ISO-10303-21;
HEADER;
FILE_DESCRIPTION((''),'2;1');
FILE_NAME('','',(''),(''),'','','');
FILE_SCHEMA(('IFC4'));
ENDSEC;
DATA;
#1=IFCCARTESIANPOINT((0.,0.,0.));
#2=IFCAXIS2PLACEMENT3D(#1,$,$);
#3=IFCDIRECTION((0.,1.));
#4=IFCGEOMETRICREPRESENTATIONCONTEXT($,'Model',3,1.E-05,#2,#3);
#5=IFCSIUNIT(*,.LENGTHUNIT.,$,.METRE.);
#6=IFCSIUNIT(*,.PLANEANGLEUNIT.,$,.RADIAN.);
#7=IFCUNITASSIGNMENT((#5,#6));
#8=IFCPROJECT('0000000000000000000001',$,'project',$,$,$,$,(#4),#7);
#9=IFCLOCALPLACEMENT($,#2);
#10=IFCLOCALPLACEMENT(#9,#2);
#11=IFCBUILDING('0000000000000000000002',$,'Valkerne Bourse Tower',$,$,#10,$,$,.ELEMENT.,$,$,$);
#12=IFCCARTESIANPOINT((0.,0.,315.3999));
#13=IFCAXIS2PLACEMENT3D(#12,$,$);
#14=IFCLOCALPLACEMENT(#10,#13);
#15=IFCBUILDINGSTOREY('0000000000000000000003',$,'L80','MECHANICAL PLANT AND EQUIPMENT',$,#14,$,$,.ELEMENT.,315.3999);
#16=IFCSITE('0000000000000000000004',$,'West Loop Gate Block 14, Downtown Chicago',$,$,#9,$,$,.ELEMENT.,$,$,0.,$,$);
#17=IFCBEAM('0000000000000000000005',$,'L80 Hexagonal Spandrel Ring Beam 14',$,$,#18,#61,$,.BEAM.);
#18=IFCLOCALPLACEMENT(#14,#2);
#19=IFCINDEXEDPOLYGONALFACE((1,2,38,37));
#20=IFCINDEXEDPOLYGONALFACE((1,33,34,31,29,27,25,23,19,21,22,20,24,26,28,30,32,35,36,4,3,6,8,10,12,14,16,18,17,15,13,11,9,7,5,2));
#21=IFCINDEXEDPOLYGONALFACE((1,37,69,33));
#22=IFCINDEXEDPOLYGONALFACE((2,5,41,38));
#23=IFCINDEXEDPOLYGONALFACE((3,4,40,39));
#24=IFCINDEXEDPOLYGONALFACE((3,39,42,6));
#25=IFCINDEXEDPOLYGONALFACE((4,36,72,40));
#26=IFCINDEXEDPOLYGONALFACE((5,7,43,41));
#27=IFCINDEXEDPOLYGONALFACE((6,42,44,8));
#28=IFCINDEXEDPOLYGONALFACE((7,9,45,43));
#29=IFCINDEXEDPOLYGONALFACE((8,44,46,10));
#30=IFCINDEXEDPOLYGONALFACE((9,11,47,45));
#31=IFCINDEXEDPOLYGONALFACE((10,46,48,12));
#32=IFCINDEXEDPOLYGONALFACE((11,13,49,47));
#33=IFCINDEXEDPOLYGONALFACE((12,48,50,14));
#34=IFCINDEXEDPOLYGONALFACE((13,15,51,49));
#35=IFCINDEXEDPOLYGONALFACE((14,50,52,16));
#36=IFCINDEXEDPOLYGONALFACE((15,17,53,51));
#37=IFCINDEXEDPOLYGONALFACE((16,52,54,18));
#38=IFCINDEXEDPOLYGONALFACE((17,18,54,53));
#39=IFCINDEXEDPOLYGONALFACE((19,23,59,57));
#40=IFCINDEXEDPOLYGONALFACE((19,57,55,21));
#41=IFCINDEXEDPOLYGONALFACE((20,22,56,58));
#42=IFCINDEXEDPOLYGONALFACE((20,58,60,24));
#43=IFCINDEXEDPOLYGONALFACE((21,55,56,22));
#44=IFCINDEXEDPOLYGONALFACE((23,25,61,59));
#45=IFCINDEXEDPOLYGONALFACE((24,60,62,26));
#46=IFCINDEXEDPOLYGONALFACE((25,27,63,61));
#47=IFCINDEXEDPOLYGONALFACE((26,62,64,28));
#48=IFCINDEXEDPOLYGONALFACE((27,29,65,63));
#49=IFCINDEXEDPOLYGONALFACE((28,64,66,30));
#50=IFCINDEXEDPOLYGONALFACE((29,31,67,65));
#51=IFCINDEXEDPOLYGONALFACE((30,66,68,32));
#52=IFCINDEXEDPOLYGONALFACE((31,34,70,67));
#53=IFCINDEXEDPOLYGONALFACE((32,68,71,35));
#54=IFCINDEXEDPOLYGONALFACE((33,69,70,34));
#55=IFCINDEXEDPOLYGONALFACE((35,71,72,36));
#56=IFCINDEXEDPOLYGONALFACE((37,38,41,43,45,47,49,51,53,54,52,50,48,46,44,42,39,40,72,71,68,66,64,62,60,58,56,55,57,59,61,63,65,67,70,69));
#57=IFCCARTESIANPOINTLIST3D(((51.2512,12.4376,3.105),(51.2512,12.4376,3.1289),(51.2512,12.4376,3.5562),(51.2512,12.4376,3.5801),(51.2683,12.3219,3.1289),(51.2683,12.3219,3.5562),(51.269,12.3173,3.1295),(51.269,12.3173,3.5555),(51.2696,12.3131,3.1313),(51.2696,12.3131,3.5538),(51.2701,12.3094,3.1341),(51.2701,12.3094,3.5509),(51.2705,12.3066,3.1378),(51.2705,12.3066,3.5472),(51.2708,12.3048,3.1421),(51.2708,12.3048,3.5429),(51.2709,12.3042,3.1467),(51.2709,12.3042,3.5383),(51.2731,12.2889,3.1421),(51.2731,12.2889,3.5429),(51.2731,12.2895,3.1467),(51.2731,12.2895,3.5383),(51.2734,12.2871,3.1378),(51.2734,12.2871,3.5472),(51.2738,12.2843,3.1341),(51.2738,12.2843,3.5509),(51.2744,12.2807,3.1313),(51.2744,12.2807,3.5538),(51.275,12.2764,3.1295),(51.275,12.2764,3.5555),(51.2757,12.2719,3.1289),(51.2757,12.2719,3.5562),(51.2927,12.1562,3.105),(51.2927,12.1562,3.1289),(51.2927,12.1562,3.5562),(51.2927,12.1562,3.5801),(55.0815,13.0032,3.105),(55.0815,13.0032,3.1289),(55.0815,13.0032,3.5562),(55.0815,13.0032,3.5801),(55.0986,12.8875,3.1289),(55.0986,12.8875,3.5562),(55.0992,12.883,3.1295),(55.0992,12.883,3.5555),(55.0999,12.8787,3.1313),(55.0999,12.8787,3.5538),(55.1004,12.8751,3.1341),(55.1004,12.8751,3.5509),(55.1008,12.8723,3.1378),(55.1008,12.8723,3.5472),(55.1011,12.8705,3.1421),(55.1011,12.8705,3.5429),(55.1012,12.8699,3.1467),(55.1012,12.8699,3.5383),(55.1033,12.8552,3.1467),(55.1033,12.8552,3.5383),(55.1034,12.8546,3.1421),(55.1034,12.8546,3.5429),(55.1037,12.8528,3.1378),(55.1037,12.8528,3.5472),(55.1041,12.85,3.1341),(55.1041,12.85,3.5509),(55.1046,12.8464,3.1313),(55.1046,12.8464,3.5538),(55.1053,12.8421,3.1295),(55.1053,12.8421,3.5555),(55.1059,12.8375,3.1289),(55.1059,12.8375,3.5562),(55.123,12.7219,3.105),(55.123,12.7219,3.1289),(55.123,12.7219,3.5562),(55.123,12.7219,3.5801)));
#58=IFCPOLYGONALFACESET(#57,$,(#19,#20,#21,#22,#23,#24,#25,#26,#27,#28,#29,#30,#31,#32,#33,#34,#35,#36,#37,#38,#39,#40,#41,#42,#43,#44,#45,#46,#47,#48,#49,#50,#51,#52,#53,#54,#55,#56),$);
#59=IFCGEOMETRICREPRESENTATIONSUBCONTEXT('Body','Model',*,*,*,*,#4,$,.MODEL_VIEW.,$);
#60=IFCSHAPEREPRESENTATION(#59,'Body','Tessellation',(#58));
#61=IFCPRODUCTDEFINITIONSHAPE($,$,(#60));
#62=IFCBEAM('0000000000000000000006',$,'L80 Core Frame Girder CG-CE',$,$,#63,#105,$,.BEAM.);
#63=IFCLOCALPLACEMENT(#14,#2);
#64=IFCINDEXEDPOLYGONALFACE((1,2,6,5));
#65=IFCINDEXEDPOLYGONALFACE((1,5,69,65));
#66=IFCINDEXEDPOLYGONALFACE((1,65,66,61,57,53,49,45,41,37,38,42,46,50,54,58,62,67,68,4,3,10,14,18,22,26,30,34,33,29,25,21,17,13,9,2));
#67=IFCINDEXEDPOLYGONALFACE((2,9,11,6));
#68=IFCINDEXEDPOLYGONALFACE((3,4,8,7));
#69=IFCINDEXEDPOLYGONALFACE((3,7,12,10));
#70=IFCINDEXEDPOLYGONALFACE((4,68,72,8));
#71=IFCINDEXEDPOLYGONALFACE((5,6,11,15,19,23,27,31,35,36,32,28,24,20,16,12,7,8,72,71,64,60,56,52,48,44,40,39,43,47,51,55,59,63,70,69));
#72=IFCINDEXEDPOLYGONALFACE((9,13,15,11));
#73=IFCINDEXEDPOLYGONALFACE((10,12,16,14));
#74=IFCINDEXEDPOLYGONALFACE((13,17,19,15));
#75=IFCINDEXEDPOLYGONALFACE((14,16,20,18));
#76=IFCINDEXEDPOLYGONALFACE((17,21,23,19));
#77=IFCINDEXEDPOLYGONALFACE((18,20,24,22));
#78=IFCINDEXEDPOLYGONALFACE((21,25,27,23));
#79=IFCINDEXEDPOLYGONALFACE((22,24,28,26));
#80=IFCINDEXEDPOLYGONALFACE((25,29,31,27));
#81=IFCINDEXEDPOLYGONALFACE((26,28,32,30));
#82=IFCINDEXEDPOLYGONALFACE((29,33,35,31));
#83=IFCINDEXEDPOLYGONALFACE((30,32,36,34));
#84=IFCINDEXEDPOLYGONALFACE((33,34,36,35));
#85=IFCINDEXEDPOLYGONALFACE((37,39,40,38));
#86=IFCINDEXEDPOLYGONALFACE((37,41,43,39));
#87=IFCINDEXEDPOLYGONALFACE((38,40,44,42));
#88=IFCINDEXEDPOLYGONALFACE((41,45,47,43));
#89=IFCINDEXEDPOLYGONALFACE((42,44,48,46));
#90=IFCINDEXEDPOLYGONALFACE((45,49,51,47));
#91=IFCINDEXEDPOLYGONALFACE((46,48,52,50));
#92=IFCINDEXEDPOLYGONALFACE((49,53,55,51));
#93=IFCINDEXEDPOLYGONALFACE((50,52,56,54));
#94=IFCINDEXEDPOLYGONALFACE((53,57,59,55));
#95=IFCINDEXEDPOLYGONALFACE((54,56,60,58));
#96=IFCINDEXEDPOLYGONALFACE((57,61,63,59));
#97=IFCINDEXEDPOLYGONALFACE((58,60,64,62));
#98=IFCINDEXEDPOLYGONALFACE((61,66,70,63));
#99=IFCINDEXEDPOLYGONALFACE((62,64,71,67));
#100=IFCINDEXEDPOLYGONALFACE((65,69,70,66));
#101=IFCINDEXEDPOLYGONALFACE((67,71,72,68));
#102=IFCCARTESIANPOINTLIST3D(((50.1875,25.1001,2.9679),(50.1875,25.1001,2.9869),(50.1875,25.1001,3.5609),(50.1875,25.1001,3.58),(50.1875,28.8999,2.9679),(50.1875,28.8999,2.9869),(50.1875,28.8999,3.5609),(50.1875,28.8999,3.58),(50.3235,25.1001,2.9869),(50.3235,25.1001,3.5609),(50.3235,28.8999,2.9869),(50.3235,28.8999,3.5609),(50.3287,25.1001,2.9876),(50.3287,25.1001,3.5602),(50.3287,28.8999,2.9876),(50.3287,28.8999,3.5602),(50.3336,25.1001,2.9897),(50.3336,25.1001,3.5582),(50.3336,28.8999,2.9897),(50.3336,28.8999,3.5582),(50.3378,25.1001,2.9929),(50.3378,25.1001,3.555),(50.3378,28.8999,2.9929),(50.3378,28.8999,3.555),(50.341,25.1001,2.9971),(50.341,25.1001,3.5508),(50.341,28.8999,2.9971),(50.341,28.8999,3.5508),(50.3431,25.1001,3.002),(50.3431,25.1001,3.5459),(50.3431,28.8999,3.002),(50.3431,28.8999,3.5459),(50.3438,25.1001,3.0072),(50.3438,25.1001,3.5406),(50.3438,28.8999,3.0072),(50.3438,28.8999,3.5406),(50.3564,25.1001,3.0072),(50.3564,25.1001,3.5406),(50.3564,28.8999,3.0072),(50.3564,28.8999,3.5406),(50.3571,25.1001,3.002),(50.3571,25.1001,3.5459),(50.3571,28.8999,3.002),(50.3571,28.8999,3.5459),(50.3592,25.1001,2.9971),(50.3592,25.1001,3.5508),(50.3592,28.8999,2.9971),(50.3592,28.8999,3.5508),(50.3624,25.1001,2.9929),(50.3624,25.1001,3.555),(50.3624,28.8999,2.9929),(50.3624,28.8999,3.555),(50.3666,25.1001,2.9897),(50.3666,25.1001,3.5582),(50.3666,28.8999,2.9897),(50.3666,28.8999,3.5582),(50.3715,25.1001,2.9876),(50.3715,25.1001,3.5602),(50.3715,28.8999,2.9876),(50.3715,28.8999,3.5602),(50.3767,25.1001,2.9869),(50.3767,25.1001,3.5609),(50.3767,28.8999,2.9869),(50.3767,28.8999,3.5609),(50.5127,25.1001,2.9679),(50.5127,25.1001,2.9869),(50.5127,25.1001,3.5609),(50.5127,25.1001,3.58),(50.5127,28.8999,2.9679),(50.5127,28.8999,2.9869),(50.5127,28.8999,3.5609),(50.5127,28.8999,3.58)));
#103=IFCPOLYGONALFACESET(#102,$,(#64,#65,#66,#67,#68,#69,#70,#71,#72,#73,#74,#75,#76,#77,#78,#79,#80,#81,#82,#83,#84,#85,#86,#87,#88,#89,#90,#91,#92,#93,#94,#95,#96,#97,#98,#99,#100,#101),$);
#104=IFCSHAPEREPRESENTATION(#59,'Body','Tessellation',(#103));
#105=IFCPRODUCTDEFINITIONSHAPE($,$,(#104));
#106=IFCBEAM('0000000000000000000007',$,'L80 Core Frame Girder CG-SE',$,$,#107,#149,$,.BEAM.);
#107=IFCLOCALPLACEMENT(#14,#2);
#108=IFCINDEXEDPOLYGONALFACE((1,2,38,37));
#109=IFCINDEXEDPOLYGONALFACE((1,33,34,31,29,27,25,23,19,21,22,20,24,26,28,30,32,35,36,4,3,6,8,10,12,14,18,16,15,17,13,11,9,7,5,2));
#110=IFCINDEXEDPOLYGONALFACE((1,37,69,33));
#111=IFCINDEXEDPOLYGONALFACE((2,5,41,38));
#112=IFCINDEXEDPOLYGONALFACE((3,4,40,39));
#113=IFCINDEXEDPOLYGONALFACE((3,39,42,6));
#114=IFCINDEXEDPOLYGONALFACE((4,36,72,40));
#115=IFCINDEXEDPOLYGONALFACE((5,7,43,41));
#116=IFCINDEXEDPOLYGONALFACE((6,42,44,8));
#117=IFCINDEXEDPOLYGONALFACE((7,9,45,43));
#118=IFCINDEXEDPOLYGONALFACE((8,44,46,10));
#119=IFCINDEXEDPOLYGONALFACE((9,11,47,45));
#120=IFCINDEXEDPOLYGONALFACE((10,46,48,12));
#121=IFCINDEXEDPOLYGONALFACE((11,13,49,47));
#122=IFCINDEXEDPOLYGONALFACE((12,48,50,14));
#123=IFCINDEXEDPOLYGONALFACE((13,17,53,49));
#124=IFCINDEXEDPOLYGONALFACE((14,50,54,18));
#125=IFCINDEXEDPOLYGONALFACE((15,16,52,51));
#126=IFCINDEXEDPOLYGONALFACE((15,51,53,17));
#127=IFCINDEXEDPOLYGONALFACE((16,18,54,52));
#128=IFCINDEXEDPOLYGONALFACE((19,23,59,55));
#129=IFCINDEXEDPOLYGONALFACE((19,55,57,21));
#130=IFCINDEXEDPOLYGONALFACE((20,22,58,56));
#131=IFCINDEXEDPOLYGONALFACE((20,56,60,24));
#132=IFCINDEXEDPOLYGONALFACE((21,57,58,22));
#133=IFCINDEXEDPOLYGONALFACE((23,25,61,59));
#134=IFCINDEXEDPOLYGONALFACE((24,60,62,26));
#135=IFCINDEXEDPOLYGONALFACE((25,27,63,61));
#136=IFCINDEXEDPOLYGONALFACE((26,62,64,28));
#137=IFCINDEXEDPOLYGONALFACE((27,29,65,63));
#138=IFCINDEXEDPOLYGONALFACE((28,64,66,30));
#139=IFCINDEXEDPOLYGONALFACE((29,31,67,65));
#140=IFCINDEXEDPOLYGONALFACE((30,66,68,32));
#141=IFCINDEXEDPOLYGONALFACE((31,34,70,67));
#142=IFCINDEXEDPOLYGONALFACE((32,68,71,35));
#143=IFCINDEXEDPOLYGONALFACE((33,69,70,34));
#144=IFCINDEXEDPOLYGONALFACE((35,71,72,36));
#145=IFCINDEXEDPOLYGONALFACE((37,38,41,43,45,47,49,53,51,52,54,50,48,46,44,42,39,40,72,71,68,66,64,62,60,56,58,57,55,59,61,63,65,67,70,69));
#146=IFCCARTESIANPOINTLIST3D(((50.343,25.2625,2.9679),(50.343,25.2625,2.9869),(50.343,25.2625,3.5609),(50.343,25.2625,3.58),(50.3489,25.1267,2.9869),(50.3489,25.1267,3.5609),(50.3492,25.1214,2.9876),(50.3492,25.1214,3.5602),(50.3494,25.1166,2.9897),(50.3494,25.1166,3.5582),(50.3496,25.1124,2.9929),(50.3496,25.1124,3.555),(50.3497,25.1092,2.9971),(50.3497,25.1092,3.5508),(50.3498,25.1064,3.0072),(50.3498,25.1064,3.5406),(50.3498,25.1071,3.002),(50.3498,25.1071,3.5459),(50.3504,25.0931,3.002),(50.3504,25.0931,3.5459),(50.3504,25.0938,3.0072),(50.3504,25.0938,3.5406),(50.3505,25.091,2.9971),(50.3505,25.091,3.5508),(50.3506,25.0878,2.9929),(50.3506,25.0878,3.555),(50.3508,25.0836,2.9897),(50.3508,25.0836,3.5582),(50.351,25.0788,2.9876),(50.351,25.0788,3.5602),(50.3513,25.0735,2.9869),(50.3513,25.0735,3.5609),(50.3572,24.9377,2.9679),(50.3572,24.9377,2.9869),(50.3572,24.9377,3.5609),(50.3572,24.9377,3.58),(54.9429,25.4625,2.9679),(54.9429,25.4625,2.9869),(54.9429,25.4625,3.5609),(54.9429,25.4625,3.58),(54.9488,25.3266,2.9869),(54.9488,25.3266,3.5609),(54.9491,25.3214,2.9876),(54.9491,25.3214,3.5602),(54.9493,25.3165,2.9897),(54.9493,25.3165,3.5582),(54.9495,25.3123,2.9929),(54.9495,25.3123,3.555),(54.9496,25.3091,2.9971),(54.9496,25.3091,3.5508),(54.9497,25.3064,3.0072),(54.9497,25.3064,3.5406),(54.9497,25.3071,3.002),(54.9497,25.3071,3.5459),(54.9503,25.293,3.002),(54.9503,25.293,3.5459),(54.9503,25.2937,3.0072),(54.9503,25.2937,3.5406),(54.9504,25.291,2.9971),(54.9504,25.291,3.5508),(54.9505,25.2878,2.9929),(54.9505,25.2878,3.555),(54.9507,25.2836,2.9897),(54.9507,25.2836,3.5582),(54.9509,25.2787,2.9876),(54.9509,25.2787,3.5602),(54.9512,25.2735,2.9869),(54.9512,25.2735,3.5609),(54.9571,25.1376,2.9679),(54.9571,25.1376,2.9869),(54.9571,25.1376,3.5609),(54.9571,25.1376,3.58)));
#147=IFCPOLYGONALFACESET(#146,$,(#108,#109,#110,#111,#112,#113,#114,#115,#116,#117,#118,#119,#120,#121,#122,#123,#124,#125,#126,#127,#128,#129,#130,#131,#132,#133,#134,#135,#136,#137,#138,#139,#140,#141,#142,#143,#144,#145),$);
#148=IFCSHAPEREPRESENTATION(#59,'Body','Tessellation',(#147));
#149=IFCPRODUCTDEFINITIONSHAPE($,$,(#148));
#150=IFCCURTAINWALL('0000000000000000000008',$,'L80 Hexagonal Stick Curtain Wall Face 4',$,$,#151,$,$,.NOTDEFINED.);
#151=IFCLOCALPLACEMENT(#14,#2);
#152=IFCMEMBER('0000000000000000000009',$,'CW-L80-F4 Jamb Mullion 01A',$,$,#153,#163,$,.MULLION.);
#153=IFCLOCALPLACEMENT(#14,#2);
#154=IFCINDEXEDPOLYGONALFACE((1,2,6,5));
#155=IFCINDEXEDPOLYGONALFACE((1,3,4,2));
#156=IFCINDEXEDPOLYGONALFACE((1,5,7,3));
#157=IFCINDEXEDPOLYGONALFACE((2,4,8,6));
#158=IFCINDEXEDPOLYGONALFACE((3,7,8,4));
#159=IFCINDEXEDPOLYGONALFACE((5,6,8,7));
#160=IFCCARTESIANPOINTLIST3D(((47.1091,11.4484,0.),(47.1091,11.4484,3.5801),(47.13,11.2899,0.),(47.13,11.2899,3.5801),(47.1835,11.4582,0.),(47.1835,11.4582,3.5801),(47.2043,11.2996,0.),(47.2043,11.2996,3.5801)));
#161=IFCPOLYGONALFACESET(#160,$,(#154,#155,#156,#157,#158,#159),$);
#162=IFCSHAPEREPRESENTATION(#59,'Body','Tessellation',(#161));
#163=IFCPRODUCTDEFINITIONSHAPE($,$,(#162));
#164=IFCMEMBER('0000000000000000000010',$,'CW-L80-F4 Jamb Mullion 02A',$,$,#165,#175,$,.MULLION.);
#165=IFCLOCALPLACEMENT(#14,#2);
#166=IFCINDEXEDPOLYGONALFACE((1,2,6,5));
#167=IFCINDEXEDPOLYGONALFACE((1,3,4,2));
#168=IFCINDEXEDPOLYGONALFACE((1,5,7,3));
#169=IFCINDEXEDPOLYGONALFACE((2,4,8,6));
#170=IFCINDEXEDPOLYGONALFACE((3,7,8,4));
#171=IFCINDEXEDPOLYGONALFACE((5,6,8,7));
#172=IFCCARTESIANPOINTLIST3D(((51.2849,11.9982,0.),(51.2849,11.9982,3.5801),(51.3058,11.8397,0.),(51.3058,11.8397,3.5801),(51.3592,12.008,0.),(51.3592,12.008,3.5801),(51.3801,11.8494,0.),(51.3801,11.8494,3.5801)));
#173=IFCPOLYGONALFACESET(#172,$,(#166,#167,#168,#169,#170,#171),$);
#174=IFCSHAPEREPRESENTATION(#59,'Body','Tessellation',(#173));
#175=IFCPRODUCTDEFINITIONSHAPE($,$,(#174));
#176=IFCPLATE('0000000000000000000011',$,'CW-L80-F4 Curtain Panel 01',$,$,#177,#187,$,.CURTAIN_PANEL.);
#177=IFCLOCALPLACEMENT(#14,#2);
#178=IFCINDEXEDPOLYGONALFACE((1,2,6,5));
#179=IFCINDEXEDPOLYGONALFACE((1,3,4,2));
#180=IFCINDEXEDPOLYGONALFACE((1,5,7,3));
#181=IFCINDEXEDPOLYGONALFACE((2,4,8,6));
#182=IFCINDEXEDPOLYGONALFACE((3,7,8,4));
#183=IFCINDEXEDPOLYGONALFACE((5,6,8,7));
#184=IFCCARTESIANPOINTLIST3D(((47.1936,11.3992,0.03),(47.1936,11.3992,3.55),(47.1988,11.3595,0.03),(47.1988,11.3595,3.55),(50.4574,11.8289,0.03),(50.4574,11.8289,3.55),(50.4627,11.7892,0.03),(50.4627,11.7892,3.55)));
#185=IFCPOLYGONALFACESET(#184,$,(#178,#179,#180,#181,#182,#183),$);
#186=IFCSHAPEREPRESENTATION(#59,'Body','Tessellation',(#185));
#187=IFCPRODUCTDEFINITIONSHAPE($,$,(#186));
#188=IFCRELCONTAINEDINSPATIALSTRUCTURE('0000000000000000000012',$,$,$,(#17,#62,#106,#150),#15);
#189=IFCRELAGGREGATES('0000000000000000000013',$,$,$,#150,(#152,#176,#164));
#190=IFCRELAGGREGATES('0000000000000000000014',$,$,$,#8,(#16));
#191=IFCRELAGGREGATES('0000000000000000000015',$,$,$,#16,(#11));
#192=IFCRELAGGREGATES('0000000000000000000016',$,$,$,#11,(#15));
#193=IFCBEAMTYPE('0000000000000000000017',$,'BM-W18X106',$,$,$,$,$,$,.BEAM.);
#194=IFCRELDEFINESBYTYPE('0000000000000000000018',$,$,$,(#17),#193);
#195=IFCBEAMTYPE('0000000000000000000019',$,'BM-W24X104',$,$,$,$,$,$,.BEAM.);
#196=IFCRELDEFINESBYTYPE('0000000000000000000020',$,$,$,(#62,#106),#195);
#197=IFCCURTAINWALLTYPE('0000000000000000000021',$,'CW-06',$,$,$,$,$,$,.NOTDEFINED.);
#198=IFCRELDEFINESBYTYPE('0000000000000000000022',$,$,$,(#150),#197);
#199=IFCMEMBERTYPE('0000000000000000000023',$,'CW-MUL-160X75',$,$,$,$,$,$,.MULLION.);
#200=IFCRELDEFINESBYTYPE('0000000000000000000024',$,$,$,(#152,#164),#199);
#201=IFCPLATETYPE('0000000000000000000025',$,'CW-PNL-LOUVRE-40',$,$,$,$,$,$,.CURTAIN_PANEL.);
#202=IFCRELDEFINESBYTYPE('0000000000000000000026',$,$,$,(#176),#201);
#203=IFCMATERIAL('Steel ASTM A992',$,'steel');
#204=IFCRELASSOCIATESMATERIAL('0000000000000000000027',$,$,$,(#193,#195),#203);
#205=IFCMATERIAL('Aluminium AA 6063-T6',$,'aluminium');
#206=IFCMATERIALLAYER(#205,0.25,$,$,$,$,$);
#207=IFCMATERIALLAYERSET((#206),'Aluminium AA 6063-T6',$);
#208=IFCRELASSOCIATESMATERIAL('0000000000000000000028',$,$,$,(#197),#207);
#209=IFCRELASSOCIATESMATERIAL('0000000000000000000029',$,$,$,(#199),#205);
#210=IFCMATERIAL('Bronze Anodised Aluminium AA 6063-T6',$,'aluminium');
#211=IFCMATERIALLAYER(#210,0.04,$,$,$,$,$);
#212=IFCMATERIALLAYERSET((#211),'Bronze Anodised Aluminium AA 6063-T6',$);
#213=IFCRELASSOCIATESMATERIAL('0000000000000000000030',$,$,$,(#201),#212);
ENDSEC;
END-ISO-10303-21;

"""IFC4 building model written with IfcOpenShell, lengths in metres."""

from ifc_helpers import new_model, si_unit, direction, frame, origin, origin_2d, place, context, subcontext, project, spatial, rectangle, i_section, extrude, material, layer, layer_set, material_profile, profile_set, type_object, element, aggregate, save


model = new_model("IFC4")

# Units and contexts
model_context = context("Model", 3, precision=1e-05, world=origin(), true_north=direction((0.0, 1.0)))
body_context = subcontext(model_context, "Body", "Model", "MODEL_VIEW")
ifc_project = project(units=[si_unit("LENGTHUNIT", "METRE"), si_unit("PLANEANGLEUNIT", "RADIAN")], contexts=[model_context])

# Site, building, storey
site_placement = place(None, origin())
site = spatial("IfcSite", under=ifc_project, at=site_placement, Name="West Loop Gate Block 14, Downtown Chicago", CompositionType="ELEMENT", RefElevation=0.0)
building_placement = place(site_placement, origin())
building = spatial("IfcBuilding", under=site, at=building_placement, Name="Valkerne Bourse Tower", CompositionType="ELEMENT")
storey_placement = place(building_placement, frame((0.0, 0.0, 315.3999)))
storey = spatial("IfcBuildingStorey", under=building, at=storey_placement, Name="L80", Description="MECHANICAL PLANT AND EQUIPMENT", CompositionType="ELEMENT", Elevation=315.3999)

# Beams
ifc_material_1 = material(Name="Steel ASTM A992", Category="steel")
ifc_material_profile_1 = material_profile(ifc_material_1, i_section(OverallWidth=0.2844, OverallDepth=0.4751, WebThickness=0.0149, FlangeThickness=0.0239, FilletRadius=0.0178, at=origin_2d()), Name="W18X106")
ifc_profile_set_1 = profile_set([ifc_material_profile_1], Name="Steel ASTM A992")
beam_type_1 = type_object("IfcBeamType", Name="BM-W18X106", PredefinedType="BEAM", material=ifc_profile_set_1)
beam_1_placement = place(storey_placement, frame((51.272, 12.2969, 3.3425), z_axis=(0.98927, 0.146098, 0.0), x_axis=(-0.146098, 0.98927, 0.0)))
element("IfcBeam", 1, at=beam_1_placement, inside=storey, type_object=beam_type_1, Name="L80 Hexagonal Spandrel Ring Beam 14", PredefinedType="BEAM", context=body_context, shape_type="SweptSolid", body=[
    extrude(i_section(OverallWidth=0.2844, OverallDepth=0.4751, WebThickness=0.0149, FlangeThickness=0.0239, FilletRadius=0.0178, at=origin_2d()), origin(), (0.0, 0.0, 1.0), 3.8718),
])
ifc_material_profile_2 = material_profile(ifc_material_1, i_section(OverallWidth=0.3252, OverallDepth=0.6121, WebThickness=0.0127, FlangeThickness=0.019, FilletRadius=0.0203, at=origin_2d()), Name="W24X104")
ifc_profile_set_2 = profile_set([ifc_material_profile_2], Name="Steel ASTM A992")
beam_type_2 = type_object("IfcBeamType", Name="BM-W24X104", PredefinedType="BEAM", material=ifc_profile_set_2)
beam_2_placement = place(storey_placement, frame((50.3501, 25.1001, 3.2739), z_axis=(0.0, 1.0, 0.0), x_axis=(-1.0, 0.0, 0.0)))
element("IfcBeam", 2, at=beam_2_placement, inside=storey, type_object=beam_type_2, Name="L80 Core Frame Girder CG-CE", PredefinedType="BEAM", context=body_context, shape_type="SweptSolid", body=[
    extrude(i_section(OverallWidth=0.3252, OverallDepth=0.6121, WebThickness=0.0127, FlangeThickness=0.019, FilletRadius=0.0203, at=origin_2d()), origin(), (0.0, 0.0, 1.0), 3.7998),
])
beam_3_placement = place(storey_placement, frame((50.3501, 25.1001, 3.2739), z_axis=(0.999057, 0.043428, 0.0), x_axis=(-0.043428, 0.999057, 0.0)))
element("IfcBeam", 3, at=beam_3_placement, inside=storey, type_object=beam_type_2, Name="L80 Core Frame Girder CG-SE", PredefinedType="BEAM", context=body_context, shape_type="SweptSolid", body=[
    extrude(i_section(OverallWidth=0.3252, OverallDepth=0.6121, WebThickness=0.0127, FlangeThickness=0.019, FilletRadius=0.0203, at=origin_2d()), origin(), (0.0, 0.0, 1.0), 4.6042),
])

# Curtain wall, members, plate
ifc_material_2 = material(Name="Aluminium AA 6063-T6", Category="aluminium")
ifc_layer_1 = layer(ifc_material_2, 0.25)
ifc_layer_set_1 = layer_set([ifc_layer_1], Name="Aluminium AA 6063-T6")
curtain_wall_type = type_object("IfcCurtainWallType", Name="CW-06", PredefinedType="NOTDEFINED", material=ifc_layer_set_1)
curtain_wall_placement = place(storey_placement, origin())
curtain_wall = element("IfcCurtainWall", 4, at=curtain_wall_placement, inside=storey, type_object=curtain_wall_type, Name="L80 Hexagonal Stick Curtain Wall Face 4", PredefinedType="NOTDEFINED")
ifc_material_profile_3 = material_profile(ifc_material_2, rectangle(XDim=0.075, YDim=0.1599, at=origin_2d()), Name="CWM-75X160")
ifc_profile_set_3 = profile_set([ifc_material_profile_3], Name="Aluminium AA 6063-T6")
member_type = type_object("IfcMemberType", Name="CW-MUL-160X75", PredefinedType="MULLION", material=ifc_profile_set_3)
member_1_placement = place(storey_placement, frame((47.1567, 11.374, 0.0), z_axis=(0.0, 0.0, 1.0), x_axis=(0.991444, 0.130534, 0.0)))
member_1 = element("IfcMember", 5, at=member_1_placement, type_object=member_type, Name="CW-L80-F4 Jamb Mullion 01A", PredefinedType="MULLION", context=body_context, shape_type="SweptSolid", body=[
    extrude(rectangle(XDim=0.075, YDim=0.1599, at=origin_2d()), origin(), (0.0, 0.0, 1.0), 3.5801),
])
member_2_placement = place(storey_placement, frame((51.3325, 11.9238, 0.0), z_axis=(0.0, 0.0, 1.0), x_axis=(0.991447, 0.130507, 0.0)))
member_2 = element("IfcMember", 6, at=member_2_placement, type_object=member_type, Name="CW-L80-F4 Jamb Mullion 02A", PredefinedType="MULLION", context=body_context, shape_type="SweptSolid", body=[
    extrude(rectangle(XDim=0.075, YDim=0.1599, at=origin_2d()), origin(), (0.0, 0.0, 1.0), 3.5801),
])
ifc_material_3 = material(Name="Bronze Anodised Aluminium AA 6063-T6", Category="aluminium")
ifc_layer_2 = layer(ifc_material_3, 0.04)
ifc_layer_set_2 = layer_set([ifc_layer_2], Name="Bronze Anodised Aluminium AA 6063-T6")
plate_type = type_object("IfcPlateType", Name="CW-PNL-LOUVRE-40", PredefinedType="CURTAIN_PANEL", material=ifc_layer_set_2)
plate_1_placement = place(storey_placement, frame((48.8281, 11.5942, 0.03), z_axis=(0.0, 0.0, 1.0), x_axis=(0.991444, 0.130534, 0.0)))
plate_1 = element("IfcPlate", 7, at=plate_1_placement, type_object=plate_type, Name="CW-L80-F4 Curtain Panel 01", PredefinedType="CURTAIN_PANEL", context=body_context, shape_type="SweptSolid", body=[
    extrude(rectangle(XDim=3.292, YDim=0.04, at=origin_2d()), origin(), (0.0, 0.0, 1.0), 3.52),
])
aggregate(curtain_wall, [member_1, plate_1, member_2])

save(model, "model.ifc")
